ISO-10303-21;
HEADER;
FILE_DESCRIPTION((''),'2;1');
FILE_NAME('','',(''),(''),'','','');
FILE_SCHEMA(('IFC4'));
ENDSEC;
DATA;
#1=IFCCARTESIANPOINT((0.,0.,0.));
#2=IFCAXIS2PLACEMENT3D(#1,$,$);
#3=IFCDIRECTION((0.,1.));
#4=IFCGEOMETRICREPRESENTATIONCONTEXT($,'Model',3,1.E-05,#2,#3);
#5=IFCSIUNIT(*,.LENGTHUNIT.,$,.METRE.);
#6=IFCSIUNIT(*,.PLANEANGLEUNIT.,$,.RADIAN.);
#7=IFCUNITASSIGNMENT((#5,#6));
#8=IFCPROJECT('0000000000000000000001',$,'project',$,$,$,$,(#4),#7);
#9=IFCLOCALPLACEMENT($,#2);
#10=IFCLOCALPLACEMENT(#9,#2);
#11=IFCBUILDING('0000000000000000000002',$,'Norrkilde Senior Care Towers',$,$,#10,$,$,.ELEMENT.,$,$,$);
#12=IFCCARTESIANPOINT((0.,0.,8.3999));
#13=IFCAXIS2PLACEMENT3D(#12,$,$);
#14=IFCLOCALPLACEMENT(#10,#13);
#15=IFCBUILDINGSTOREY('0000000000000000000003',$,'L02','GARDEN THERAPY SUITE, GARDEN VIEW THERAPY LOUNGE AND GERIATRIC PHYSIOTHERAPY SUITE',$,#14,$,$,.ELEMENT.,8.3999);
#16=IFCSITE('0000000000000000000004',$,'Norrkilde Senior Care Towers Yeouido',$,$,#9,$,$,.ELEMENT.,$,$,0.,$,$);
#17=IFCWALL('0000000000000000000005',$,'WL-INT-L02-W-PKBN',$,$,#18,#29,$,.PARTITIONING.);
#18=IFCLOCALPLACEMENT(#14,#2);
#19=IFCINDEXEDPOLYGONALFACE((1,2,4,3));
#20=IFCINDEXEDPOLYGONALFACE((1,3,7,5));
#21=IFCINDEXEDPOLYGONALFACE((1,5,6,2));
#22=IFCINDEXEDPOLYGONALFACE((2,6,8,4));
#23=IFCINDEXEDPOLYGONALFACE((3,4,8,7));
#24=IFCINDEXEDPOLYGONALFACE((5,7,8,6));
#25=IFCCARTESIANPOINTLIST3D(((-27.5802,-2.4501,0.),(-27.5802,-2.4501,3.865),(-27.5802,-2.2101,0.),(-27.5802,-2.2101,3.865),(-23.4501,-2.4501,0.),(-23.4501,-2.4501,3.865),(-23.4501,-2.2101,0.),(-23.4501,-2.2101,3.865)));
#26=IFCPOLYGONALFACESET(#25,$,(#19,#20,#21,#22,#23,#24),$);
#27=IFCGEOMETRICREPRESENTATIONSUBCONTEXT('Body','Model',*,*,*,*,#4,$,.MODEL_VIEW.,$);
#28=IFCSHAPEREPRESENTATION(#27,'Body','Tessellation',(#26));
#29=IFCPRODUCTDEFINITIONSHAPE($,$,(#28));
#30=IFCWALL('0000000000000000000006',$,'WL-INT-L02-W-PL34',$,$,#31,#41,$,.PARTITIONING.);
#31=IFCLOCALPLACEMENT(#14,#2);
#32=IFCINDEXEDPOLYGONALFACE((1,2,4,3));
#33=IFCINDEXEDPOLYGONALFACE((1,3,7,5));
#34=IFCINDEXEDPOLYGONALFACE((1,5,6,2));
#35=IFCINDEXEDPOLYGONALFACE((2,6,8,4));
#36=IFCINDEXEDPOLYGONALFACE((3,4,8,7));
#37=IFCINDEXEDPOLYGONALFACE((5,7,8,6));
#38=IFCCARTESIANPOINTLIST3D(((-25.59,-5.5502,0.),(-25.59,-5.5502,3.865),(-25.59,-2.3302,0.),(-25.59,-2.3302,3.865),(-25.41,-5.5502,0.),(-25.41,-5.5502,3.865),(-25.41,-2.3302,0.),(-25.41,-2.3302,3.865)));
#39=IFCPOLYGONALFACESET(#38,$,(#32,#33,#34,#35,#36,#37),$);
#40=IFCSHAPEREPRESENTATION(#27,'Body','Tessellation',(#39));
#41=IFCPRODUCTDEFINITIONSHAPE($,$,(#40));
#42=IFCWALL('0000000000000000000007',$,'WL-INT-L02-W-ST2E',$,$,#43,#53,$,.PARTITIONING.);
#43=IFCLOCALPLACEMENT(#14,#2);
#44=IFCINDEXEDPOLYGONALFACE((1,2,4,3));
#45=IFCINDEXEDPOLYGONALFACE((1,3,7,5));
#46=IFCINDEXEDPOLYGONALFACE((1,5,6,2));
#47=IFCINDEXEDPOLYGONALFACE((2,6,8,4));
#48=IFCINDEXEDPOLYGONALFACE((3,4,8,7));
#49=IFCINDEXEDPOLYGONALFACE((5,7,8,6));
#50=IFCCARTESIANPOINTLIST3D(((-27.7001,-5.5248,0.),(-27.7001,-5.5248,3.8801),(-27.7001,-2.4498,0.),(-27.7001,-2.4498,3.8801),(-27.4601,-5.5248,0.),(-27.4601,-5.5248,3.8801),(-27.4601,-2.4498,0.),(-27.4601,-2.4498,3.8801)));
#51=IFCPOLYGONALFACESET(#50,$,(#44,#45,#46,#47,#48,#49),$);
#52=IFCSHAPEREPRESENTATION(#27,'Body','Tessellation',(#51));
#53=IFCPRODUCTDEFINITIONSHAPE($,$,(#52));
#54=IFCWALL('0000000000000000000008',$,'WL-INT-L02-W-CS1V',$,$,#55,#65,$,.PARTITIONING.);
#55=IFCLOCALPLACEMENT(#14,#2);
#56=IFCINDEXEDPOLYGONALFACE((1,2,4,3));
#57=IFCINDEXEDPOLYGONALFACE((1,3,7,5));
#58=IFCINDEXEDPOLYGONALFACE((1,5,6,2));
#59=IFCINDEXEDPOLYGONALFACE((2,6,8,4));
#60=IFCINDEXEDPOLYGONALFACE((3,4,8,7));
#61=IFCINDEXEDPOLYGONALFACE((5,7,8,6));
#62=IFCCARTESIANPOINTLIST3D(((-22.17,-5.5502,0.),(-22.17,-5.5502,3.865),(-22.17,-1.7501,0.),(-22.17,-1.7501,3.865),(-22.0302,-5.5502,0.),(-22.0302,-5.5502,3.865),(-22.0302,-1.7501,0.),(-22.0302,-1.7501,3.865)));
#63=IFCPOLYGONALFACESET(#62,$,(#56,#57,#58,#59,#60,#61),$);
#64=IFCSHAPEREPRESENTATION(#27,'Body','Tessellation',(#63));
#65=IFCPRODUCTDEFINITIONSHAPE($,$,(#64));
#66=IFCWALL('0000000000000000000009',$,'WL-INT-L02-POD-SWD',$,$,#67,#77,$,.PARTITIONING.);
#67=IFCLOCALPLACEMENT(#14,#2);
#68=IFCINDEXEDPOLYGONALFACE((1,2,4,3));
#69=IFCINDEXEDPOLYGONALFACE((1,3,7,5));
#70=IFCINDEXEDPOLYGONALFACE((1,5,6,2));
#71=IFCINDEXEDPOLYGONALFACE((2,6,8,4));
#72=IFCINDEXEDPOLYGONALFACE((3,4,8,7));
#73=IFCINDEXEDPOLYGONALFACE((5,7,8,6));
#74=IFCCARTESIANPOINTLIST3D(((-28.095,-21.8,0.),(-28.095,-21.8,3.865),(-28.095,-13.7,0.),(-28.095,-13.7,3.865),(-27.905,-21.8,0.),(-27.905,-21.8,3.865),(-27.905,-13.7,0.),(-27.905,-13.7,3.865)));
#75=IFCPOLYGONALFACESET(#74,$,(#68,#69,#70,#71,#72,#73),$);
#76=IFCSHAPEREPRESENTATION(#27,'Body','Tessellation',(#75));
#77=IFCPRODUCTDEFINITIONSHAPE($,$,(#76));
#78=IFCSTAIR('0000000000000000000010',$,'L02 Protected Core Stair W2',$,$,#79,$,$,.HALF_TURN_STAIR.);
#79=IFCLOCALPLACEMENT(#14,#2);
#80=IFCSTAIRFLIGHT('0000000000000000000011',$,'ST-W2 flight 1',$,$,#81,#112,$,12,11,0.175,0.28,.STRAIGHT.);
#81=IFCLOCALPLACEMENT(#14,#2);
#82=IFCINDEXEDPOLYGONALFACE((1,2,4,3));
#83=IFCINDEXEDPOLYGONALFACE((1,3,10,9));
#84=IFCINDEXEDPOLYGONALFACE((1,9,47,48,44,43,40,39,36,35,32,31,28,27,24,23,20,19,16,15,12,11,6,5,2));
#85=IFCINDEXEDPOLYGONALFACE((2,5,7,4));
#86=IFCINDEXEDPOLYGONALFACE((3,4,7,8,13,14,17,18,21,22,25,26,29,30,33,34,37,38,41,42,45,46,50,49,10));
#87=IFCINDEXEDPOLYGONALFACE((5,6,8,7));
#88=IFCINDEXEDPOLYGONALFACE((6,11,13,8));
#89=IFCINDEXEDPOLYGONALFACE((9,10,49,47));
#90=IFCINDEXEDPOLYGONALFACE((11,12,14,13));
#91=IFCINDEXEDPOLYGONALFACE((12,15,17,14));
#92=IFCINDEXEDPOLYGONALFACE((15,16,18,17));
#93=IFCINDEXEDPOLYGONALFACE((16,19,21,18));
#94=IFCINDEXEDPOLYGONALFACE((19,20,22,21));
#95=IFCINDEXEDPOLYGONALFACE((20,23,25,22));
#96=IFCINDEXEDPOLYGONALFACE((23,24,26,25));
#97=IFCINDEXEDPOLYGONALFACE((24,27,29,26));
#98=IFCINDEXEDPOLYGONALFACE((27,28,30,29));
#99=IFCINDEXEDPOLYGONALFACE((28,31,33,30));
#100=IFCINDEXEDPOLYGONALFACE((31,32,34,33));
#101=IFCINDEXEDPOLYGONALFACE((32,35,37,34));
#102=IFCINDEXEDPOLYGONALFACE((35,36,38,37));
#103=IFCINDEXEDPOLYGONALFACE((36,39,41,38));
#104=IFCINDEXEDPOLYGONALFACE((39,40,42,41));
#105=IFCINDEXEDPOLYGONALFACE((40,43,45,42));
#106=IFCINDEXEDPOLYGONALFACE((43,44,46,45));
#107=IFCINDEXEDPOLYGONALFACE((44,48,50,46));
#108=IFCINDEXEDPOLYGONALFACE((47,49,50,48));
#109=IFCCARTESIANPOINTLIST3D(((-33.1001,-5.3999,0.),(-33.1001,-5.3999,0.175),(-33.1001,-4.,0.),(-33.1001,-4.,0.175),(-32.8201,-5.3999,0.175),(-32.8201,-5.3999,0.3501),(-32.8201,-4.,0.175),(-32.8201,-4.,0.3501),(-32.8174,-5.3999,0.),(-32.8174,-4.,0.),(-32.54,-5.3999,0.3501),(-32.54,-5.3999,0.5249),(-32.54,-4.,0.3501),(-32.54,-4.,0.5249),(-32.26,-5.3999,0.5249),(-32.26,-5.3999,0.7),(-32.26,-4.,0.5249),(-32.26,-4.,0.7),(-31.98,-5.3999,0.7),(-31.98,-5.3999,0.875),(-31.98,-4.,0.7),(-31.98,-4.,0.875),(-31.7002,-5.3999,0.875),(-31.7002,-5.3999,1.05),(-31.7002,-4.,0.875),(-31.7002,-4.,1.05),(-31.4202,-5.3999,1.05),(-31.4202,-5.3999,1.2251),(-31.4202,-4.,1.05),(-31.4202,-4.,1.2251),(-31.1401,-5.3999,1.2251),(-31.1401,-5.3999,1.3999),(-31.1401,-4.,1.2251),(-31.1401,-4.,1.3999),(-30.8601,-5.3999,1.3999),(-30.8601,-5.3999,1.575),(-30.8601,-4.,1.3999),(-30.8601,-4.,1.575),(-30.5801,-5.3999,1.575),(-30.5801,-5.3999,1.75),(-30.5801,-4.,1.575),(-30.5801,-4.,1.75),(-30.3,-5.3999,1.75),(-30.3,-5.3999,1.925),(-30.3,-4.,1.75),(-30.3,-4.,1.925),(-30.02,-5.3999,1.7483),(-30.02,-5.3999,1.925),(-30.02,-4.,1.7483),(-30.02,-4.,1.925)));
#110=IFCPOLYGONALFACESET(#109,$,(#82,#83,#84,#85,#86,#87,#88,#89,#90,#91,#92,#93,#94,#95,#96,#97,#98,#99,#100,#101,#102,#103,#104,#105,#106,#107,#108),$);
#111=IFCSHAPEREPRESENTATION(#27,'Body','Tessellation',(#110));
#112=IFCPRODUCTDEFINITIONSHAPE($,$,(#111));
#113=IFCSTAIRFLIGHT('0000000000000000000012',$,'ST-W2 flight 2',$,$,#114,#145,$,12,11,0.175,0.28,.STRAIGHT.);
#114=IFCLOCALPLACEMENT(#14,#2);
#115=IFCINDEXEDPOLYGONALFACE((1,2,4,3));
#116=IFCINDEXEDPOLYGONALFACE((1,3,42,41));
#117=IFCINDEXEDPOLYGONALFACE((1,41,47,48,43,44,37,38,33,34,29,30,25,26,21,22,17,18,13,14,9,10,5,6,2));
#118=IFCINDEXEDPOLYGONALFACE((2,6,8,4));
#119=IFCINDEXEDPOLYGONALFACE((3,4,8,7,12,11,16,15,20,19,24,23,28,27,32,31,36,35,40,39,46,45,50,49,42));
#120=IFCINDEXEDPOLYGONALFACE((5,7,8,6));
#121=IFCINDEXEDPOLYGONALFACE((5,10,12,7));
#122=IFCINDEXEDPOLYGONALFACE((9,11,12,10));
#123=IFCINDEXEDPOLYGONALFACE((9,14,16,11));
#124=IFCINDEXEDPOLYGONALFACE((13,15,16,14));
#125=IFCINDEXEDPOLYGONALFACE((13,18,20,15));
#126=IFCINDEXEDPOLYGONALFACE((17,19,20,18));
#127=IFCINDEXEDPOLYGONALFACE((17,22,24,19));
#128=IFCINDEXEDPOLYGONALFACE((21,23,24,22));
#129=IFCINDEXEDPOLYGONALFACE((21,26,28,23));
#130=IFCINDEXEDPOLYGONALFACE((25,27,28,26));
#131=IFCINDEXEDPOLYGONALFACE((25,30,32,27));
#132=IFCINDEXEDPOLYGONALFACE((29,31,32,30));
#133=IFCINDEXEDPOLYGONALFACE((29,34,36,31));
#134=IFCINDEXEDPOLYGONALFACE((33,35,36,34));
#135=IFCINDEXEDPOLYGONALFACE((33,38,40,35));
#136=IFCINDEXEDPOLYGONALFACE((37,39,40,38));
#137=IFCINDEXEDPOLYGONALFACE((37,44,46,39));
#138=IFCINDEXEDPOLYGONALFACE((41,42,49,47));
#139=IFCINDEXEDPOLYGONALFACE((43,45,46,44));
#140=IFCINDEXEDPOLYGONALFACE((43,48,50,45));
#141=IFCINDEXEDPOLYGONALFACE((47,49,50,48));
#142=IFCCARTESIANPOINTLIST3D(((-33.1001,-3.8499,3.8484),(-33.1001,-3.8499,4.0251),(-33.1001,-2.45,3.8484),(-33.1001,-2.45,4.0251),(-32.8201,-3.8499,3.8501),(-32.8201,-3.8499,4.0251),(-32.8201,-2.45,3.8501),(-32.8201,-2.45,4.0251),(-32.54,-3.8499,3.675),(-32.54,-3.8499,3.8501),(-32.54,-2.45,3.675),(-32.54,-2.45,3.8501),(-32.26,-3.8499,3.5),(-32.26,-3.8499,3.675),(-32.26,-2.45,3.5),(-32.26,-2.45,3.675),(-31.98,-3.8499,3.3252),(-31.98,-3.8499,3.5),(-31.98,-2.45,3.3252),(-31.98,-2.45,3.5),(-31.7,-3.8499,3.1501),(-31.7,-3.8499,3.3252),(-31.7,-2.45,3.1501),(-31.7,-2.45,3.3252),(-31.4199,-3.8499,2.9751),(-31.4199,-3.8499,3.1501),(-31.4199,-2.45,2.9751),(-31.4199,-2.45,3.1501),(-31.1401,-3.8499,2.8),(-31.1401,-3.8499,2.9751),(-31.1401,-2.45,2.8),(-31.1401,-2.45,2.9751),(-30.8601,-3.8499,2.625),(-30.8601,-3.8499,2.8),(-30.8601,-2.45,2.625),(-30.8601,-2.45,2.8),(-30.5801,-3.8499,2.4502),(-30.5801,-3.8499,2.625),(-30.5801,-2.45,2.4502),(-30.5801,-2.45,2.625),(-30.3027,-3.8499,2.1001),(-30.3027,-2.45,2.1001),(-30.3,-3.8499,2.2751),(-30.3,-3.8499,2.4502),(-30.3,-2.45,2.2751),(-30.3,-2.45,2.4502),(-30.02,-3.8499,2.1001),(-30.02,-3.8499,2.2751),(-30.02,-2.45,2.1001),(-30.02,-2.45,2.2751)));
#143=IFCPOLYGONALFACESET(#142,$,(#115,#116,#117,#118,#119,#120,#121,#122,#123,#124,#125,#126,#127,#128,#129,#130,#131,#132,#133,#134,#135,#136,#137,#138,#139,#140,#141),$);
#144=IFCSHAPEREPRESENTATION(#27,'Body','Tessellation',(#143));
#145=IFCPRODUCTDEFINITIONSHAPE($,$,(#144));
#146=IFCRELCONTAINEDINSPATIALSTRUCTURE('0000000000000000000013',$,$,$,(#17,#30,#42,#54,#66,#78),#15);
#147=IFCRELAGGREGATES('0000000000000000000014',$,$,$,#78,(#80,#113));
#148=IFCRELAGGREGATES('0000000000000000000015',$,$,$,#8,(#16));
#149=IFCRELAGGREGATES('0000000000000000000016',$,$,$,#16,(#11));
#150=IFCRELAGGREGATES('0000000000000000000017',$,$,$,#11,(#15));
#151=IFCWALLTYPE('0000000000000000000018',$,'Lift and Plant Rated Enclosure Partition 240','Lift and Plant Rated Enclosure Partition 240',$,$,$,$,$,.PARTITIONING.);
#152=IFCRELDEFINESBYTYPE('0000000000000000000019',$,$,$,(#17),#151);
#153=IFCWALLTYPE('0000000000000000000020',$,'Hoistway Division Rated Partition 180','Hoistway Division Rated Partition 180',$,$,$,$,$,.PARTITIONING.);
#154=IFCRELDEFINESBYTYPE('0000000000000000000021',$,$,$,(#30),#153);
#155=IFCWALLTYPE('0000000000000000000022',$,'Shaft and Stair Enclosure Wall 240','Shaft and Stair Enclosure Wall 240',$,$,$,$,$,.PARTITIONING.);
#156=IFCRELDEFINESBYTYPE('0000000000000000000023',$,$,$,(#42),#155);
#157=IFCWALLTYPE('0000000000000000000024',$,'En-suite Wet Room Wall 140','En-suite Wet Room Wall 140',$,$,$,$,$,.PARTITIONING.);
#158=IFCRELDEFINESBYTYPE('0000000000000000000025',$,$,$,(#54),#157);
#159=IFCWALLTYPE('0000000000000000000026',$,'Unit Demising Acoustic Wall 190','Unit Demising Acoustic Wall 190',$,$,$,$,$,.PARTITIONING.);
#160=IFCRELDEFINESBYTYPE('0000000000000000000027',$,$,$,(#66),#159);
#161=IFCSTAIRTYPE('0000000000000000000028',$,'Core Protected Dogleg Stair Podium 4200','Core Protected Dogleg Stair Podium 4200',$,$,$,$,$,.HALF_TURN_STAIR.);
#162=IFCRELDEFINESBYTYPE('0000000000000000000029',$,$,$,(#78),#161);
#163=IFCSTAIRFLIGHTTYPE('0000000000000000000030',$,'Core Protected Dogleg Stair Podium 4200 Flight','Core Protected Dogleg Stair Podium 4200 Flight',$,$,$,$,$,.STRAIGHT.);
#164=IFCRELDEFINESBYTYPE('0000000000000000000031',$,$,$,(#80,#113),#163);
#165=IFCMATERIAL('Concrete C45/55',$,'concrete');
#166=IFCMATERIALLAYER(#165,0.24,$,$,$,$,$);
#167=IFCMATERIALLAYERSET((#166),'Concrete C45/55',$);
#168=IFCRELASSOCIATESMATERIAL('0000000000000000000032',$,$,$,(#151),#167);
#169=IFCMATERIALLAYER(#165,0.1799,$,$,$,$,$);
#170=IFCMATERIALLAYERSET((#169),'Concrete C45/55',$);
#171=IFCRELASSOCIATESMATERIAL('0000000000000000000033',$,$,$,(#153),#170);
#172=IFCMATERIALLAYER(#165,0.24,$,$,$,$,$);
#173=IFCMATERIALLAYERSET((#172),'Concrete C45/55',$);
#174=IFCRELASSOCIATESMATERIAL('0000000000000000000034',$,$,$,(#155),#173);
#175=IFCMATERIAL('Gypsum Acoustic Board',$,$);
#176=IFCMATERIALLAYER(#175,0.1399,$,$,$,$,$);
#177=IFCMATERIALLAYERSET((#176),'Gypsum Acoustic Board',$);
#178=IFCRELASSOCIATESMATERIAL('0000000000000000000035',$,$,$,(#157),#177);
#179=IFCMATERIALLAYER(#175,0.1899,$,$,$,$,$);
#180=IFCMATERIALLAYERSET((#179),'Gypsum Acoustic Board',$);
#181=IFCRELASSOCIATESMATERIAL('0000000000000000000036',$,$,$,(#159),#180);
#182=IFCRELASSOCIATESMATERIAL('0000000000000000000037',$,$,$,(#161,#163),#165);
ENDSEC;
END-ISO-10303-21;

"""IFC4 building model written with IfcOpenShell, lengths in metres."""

from ifc_helpers import new_model, si_unit, direction, frame, frame_2d, origin, place, context, subcontext, project, spatial, polyline, rectangle, outline, extrude, source, transform, mapped, material, layer, layer_set, type_object, type_shapes, element, aggregate, save


model = new_model("IFC4")

# Units and contexts
model_context = context("Model", 3, precision=1e-05, world=origin(), true_north=direction((0.0, 1.0)))
body_context = subcontext(model_context, "Body", "Model", "MODEL_VIEW")
ifc_project = project(units=[si_unit("LENGTHUNIT", "METRE"), si_unit("PLANEANGLEUNIT", "RADIAN")], contexts=[model_context])

# Site, building, storey
site_placement = place(None, origin())
site = spatial("IfcSite", under=ifc_project, at=site_placement, Name="Norrkilde Senior Care Towers Yeouido", CompositionType="ELEMENT", RefElevation=0.0)
building_placement = place(site_placement, origin())
building = spatial("IfcBuilding", under=site, at=building_placement, Name="Norrkilde Senior Care Towers", CompositionType="ELEMENT")
storey_placement = place(building_placement, frame((0.0, 0.0, 8.3999)))
storey = spatial("IfcBuildingStorey", under=building, at=storey_placement, Name="L02", Description="GARDEN THERAPY SUITE, GARDEN VIEW THERAPY LOUNGE AND GERIATRIC PHYSIOTHERAPY SUITE", CompositionType="ELEMENT", Elevation=8.3999)

# Walls
ifc_material_1 = material(Name="Concrete C45/55", Category="concrete")
ifc_layer_1 = layer(ifc_material_1, 0.24)
ifc_layer_set_1 = layer_set([ifc_layer_1], Name="Concrete C45/55")
wall_type_1 = type_object("IfcWallType", Name="Lift and Plant Rated Enclosure Partition 240", Description="Lift and Plant Rated Enclosure Partition 240", PredefinedType="PARTITIONING", material=ifc_layer_set_1)
shared_shape_1 = source(origin(), body_context, "Body", "SweptSolid", [
    extrude(rectangle(XDim=4.1301, YDim=0.24, at=frame_2d((2.0649, 0.0))), origin(), (0.0, 0.0, 1.0), 3.865),
])
type_shapes(wall_type_1, [shared_shape_1])
wall_1_placement = place(storey_placement, frame((-27.5801, -2.3301, 0.0), z_axis=(0.0, 0.0, 1.0), x_axis=(1.0, 0.0, 0.0)))
element("IfcWall", 1, at=wall_1_placement, inside=storey, type_object=wall_type_1, Name="WL-INT-L02-W-PKBN", PredefinedType="PARTITIONING", context=body_context, shape_type="MappedRepresentation", body=[
    mapped(shared_shape_1, transform((0.0, 0.0, 0.0), x_axis=(1.0, 0.0, 0.0), y_axis=(0.0, 1.0, 0.0), z_axis=(0.0, 0.0, 1.0), scale=1.0)),
])
ifc_layer_2 = layer(ifc_material_1, 0.1799)
ifc_layer_set_2 = layer_set([ifc_layer_2], Name="Concrete C45/55")
wall_type_2 = type_object("IfcWallType", Name="Hoistway Division Rated Partition 180", Description="Hoistway Division Rated Partition 180", PredefinedType="PARTITIONING", material=ifc_layer_set_2)
shared_shape_2 = source(origin(), body_context, "Body", "SweptSolid", [
    extrude(rectangle(XDim=3.22, YDim=0.1799, at=frame_2d((1.6099, 0.0))), origin(), (0.0, 0.0, 1.0), 3.865),
])
type_shapes(wall_type_2, [shared_shape_2])
wall_2_placement = place(storey_placement, frame((-25.5, -5.55, 0.0), z_axis=(0.0, 0.0, 1.0), x_axis=(0.0, 1.0, 0.0)))
element("IfcWall", 2, at=wall_2_placement, inside=storey, type_object=wall_type_2, Name="WL-INT-L02-W-PL34", PredefinedType="PARTITIONING", context=body_context, shape_type="MappedRepresentation", body=[
    mapped(shared_shape_2, transform((0.0, 0.0, 0.0), x_axis=(1.0, 0.0, 0.0), y_axis=(0.0, 1.0, 0.0), z_axis=(0.0, 0.0, 1.0), scale=1.0)),
])
ifc_layer_3 = layer(ifc_material_1, 0.24)
ifc_layer_set_3 = layer_set([ifc_layer_3], Name="Concrete C45/55")
wall_type_3 = type_object("IfcWallType", Name="Shaft and Stair Enclosure Wall 240", Description="Shaft and Stair Enclosure Wall 240", PredefinedType="PARTITIONING", material=ifc_layer_set_3)
shared_shape_3 = source(origin(), body_context, "Body", "SweptSolid", [
    extrude(rectangle(XDim=3.075, YDim=0.24, at=frame_2d((1.5376, 0.0))), origin(), (0.0, 0.0, 1.0), 3.8801),
])
type_shapes(wall_type_3, [shared_shape_3])
wall_3_placement = place(storey_placement, frame((-27.5801, -5.5249, 0.0), z_axis=(0.0, 0.0, 1.0), x_axis=(0.0, 1.0, 0.0)))
element("IfcWall", 3, at=wall_3_placement, inside=storey, type_object=wall_type_3, Name="WL-INT-L02-W-ST2E", PredefinedType="PARTITIONING", context=body_context, shape_type="MappedRepresentation", body=[
    mapped(shared_shape_3, transform((0.0, 0.0, 0.0), x_axis=(1.0, 0.0, 0.0), y_axis=(0.0, 1.0, 0.0), z_axis=(0.0, 0.0, 1.0), scale=1.0)),
])
ifc_material_2 = material(Name="Gypsum Acoustic Board")
ifc_layer_4 = layer(ifc_material_2, 0.1399)
ifc_layer_set_4 = layer_set([ifc_layer_4], Name="Gypsum Acoustic Board")
wall_type_4 = type_object("IfcWallType", Name="En-suite Wet Room Wall 140", Description="En-suite Wet Room Wall 140", PredefinedType="PARTITIONING", material=ifc_layer_set_4)
shared_shape_4 = source(origin(), body_context, "Body", "SweptSolid", [
    extrude(rectangle(XDim=3.8, YDim=0.1399, at=frame_2d((1.8999, 0.0))), origin(), (0.0, 0.0, 1.0), 3.865),
])
type_shapes(wall_type_4, [shared_shape_4])
wall_4_placement = place(storey_placement, frame((-22.1001, -5.55, 0.0), z_axis=(0.0, 0.0, 1.0), x_axis=(0.0, 1.0, 0.0)))
element("IfcWall", 4, at=wall_4_placement, inside=storey, type_object=wall_type_4, Name="WL-INT-L02-W-CS1V", PredefinedType="PARTITIONING", context=body_context, shape_type="MappedRepresentation", body=[
    mapped(shared_shape_4, transform((0.0, 0.0, 0.0), x_axis=(1.0, 0.0, 0.0), y_axis=(0.0, 1.0, 0.0), z_axis=(0.0, 0.0, 1.0), scale=1.0)),
])
ifc_layer_5 = layer(ifc_material_2, 0.1899)
ifc_layer_set_5 = layer_set([ifc_layer_5], Name="Gypsum Acoustic Board")
wall_type_5 = type_object("IfcWallType", Name="Unit Demising Acoustic Wall 190", Description="Unit Demising Acoustic Wall 190", PredefinedType="PARTITIONING", material=ifc_layer_set_5)
shared_shape_5 = source(origin(), body_context, "Body", "SweptSolid", [
    extrude(rectangle(XDim=8.1001, YDim=0.1899, at=frame_2d((4.05, 0.0))), origin(), (0.0, 0.0, 1.0), 3.865),
])
type_shapes(wall_type_5, [shared_shape_5])
wall_5_placement = place(storey_placement, frame((-28.0, -21.8, 0.0), z_axis=(0.0, 0.0, 1.0), x_axis=(0.0, 1.0, 0.0)))
element("IfcWall", 5, at=wall_5_placement, inside=storey, type_object=wall_type_5, Name="WL-INT-L02-POD-SWD", PredefinedType="PARTITIONING", context=body_context, shape_type="MappedRepresentation", body=[
    mapped(shared_shape_5, transform((0.0, 0.0, 0.0), x_axis=(1.0, 0.0, 0.0), y_axis=(0.0, 1.0, 0.0), z_axis=(0.0, 0.0, 1.0), scale=1.0)),
])

# Stair, stair flights
stair_type = type_object("IfcStairType", Name="Core Protected Dogleg Stair Podium 4200", Description="Core Protected Dogleg Stair Podium 4200", PredefinedType="HALF_TURN_STAIR", material=ifc_material_1)
stair_placement = place(storey_placement, origin())
stair = element("IfcStair", 6, at=stair_placement, inside=storey, type_object=stair_type, Name="L02 Protected Core Stair W2", PredefinedType="HALF_TURN_STAIR")
stair_flight_type = type_object("IfcStairFlightType", Name="Core Protected Dogleg Stair Podium 4200 Flight", Description="Core Protected Dogleg Stair Podium 4200 Flight", PredefinedType="STRAIGHT", material=ifc_material_1)
stair_flight_1_placement = place(storey_placement, frame((-33.1001, -4.7, 0.0), z_axis=(0.0, 0.0, 1.0), x_axis=(1.0, 0.0, 0.0)))
stair_flight_1 = element("IfcStairFlight", 7, at=stair_flight_1_placement, type_object=stair_flight_type, Name="ST-W2 flight 1", NumberOfRisers=12, NumberOfTreads=11, PredefinedType="STRAIGHT", RiserHeight=0.175, TreadLength=0.28, context=body_context, shape_type="SweptSolid", body=[
    extrude(outline(polyline([(0.0, 0.0), (0.0, 0.175), (0.28, 0.175), (0.28, 0.3501), (0.5601, 0.3501), (0.5601, 0.5249), (0.8401, 0.5249), (0.8401, 0.7), (1.1201, 0.7), (1.1201, 0.875), (1.3999, 0.875), (1.3999, 1.05), (1.6799, 1.05), (1.6799, 1.2251), (1.96, 1.2251), (1.96, 1.3999), (2.24, 1.3999), (2.24, 1.575), (2.52, 1.575), (2.52, 1.75), (2.8, 1.75), (2.8, 1.925), (3.0801, 1.925), (3.0801, 2.1001), (3.0801, 1.7483), (0.2827, 0.0), (0.0, 0.0)])), frame((0.0, 0.7, 0.0), z_axis=(0.0, -1.0, 0.0), x_axis=(1.0, 0.0, 0.0)), (0.0, 0.0, 1.0), 1.3999),
])
stair_flight_2_placement = place(storey_placement, frame((-30.02, -3.1499, 2.1001), z_axis=(0.0, 0.0, 1.0), x_axis=(-1.0, 0.0, 0.0)))
stair_flight_2 = element("IfcStairFlight", 8, at=stair_flight_2_placement, type_object=stair_flight_type, Name="ST-W2 flight 2", NumberOfRisers=12, NumberOfTreads=11, PredefinedType="STRAIGHT", RiserHeight=0.175, TreadLength=0.28, context=body_context, shape_type="SweptSolid", body=[
    extrude(outline(polyline([(0.0, 0.0), (0.0, 0.175), (0.28, 0.175), (0.28, 0.3501), (0.5601, 0.3501), (0.5601, 0.5249), (0.8401, 0.5249), (0.8401, 0.7), (1.1201, 0.7), (1.1201, 0.875), (1.3999, 0.875), (1.3999, 1.05), (1.6799, 1.05), (1.6799, 1.2251), (1.96, 1.2251), (1.96, 1.3999), (2.24, 1.3999), (2.24, 1.575), (2.52, 1.575), (2.52, 1.75), (2.8, 1.75), (2.8, 1.925), (3.0801, 1.925), (3.0801, 2.1001), (3.0801, 1.7483), (0.2827, 0.0), (0.0, 0.0)])), frame((0.0, 0.7, 0.0), z_axis=(0.0, -1.0, 0.0), x_axis=(1.0, 0.0, 0.0)), (0.0, 0.0, 1.0), 1.3999),
])
aggregate(stair, [stair_flight_1, stair_flight_2])

save(model, "model.ifc")
